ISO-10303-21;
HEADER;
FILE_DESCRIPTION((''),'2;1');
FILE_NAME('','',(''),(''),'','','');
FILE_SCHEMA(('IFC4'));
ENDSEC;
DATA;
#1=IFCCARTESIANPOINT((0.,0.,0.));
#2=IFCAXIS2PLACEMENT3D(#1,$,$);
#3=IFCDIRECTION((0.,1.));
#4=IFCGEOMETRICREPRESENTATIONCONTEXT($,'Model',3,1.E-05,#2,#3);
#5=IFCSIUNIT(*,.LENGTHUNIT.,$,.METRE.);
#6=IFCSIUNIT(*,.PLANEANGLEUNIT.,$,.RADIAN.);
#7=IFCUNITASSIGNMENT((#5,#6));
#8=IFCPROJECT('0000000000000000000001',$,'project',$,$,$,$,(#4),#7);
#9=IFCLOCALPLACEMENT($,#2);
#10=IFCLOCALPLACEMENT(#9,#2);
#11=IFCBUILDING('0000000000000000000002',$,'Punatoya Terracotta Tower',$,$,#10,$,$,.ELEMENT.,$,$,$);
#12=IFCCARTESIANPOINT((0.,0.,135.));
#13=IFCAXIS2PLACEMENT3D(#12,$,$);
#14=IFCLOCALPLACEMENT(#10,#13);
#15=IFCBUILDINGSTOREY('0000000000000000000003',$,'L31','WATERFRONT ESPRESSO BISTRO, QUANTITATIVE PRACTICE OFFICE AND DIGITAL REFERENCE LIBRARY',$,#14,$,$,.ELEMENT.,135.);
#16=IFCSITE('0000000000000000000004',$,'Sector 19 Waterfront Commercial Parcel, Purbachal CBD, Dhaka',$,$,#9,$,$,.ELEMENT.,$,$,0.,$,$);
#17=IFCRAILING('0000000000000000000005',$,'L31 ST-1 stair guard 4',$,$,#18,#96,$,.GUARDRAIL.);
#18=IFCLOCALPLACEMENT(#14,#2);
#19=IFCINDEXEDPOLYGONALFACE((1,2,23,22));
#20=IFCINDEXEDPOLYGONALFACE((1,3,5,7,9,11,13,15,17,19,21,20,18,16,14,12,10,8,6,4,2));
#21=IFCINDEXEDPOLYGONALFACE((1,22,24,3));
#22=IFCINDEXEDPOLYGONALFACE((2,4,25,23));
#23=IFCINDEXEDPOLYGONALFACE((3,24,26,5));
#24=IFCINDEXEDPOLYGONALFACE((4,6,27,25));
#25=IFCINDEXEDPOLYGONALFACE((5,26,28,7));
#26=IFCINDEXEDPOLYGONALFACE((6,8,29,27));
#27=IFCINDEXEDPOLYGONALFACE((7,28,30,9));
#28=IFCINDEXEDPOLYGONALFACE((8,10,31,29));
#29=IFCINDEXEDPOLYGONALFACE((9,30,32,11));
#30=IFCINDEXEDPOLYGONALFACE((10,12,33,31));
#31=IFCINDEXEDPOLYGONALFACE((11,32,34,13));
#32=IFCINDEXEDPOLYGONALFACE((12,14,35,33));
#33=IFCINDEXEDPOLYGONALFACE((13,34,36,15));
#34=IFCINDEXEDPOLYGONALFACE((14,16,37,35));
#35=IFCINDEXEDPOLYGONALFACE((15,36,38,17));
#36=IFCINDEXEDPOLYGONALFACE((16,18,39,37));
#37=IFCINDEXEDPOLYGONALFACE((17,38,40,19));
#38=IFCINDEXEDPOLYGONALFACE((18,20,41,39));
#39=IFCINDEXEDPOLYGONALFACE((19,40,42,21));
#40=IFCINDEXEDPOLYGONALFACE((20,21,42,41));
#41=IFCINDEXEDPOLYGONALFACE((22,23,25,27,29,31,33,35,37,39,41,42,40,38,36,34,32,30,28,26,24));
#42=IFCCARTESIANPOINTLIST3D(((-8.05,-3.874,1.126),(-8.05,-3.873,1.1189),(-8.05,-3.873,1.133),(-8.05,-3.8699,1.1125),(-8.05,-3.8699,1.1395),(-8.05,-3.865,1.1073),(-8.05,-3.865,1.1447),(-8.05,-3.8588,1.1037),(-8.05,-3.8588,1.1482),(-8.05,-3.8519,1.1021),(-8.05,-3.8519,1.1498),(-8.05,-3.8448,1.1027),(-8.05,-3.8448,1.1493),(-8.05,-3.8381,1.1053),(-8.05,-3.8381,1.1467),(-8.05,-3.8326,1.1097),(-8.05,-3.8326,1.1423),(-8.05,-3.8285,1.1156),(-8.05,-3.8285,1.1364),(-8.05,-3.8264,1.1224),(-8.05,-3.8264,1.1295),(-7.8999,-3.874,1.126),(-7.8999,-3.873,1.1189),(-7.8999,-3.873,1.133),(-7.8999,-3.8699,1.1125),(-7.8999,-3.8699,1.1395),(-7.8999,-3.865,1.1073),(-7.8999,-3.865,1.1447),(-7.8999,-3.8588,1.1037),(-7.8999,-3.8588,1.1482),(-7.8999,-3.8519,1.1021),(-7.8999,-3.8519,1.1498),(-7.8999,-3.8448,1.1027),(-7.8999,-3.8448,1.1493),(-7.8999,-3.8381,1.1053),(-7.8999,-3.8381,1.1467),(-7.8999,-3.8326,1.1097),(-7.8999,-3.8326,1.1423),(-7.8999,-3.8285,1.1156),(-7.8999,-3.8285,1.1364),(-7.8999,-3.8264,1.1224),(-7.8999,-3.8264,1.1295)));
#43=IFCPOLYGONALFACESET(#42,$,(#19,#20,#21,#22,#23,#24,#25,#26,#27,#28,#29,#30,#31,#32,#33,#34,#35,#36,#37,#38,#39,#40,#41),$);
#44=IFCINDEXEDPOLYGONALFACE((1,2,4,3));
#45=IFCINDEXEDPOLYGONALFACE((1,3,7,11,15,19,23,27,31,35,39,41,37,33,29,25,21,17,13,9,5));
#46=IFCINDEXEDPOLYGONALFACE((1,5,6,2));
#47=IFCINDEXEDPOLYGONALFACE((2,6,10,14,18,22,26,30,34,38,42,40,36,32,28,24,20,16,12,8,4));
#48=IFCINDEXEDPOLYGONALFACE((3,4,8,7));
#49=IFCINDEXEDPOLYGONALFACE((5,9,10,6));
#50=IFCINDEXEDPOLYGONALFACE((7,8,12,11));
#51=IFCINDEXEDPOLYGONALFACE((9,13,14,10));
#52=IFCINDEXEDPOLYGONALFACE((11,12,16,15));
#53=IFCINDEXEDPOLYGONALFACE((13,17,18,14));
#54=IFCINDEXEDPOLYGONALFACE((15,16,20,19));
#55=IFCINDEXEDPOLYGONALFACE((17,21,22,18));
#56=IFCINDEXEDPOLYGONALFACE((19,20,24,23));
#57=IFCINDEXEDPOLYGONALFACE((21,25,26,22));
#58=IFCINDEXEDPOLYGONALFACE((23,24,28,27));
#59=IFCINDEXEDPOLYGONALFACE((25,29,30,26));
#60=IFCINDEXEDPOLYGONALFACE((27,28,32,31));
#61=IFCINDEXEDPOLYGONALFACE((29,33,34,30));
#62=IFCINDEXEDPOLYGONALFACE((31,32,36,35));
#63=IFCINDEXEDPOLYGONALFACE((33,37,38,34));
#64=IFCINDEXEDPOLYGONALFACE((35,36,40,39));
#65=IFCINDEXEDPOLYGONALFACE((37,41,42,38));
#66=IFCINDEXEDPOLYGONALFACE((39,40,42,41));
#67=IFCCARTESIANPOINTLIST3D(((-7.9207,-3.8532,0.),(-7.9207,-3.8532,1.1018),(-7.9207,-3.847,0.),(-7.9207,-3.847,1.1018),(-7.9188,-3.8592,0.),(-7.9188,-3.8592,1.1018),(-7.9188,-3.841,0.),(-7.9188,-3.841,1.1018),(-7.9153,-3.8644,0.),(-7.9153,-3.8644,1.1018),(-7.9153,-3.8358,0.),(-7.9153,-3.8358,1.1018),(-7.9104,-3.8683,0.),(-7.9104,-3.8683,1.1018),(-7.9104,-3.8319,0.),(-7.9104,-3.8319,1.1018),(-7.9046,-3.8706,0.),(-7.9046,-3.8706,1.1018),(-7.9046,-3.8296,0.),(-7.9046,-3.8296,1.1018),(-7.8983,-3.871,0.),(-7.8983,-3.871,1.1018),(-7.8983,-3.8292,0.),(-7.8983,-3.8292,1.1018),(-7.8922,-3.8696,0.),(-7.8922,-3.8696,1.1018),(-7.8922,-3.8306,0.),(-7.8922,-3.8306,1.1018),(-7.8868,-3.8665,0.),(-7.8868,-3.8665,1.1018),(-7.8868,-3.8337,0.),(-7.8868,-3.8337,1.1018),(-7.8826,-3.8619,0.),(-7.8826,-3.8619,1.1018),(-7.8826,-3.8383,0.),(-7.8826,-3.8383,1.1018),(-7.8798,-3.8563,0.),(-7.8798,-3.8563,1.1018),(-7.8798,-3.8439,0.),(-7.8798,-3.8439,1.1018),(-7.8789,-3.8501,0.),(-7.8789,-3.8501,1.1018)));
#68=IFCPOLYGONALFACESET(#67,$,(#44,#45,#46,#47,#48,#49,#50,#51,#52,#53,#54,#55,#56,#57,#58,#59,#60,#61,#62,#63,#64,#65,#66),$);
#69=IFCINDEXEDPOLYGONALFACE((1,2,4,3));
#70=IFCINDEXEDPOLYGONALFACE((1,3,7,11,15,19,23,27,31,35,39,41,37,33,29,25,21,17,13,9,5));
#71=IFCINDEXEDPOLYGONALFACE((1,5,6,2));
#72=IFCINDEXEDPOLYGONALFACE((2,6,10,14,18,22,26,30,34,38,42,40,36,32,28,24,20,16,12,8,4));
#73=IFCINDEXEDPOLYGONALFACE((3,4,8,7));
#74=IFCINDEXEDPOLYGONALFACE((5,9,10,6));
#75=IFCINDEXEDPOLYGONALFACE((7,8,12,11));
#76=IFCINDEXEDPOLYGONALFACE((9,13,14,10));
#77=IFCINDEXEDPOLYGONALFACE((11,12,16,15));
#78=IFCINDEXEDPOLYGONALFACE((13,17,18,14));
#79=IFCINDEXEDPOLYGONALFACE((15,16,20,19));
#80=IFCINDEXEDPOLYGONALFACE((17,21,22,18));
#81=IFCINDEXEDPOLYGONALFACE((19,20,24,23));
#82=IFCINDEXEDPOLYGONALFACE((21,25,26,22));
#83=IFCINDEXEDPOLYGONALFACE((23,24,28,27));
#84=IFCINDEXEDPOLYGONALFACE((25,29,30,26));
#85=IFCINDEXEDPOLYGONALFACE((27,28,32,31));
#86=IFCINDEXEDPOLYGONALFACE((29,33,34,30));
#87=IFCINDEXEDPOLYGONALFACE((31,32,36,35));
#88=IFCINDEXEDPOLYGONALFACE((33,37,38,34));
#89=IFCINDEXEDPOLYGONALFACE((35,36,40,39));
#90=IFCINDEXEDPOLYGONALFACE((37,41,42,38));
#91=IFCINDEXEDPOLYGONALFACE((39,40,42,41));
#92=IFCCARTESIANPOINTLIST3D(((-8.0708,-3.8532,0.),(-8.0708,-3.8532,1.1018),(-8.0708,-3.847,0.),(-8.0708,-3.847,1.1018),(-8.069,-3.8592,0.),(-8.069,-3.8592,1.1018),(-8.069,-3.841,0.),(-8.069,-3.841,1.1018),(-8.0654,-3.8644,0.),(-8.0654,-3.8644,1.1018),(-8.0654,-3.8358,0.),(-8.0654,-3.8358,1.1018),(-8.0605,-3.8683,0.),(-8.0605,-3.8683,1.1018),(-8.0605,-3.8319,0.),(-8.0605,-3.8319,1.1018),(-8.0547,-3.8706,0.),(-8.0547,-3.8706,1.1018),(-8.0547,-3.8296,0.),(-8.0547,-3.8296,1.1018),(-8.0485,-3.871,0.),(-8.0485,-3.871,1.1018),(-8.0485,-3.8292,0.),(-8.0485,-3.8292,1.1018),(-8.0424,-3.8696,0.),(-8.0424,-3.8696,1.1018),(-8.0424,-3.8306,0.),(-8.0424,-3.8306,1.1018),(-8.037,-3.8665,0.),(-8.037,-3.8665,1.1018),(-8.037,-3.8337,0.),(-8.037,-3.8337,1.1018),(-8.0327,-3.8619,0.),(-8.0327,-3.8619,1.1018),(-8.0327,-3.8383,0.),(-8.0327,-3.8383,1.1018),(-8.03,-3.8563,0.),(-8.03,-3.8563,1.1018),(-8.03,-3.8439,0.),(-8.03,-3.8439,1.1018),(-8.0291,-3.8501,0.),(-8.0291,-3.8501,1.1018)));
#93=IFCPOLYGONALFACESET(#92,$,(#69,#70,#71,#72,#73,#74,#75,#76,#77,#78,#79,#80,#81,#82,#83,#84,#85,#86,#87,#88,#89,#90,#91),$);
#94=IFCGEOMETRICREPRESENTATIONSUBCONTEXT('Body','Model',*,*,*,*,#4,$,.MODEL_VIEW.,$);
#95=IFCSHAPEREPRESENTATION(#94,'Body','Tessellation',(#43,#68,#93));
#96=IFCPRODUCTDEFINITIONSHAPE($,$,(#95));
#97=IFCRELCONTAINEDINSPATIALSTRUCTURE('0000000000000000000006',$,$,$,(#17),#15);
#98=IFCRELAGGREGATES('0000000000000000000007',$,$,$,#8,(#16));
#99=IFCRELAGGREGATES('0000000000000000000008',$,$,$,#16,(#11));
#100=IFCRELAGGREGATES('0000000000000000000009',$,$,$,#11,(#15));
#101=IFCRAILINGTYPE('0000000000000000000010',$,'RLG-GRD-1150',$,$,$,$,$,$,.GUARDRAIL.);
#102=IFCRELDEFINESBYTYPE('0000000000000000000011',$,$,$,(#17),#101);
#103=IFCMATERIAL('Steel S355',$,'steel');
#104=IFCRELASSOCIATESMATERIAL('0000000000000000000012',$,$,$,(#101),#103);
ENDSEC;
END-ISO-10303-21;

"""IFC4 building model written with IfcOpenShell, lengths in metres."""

from ifc_helpers import new_model, si_unit, direction, frame, origin, origin_2d, place, context, subcontext, project, spatial, circle, extrude, material, type_object, element, save


model = new_model("IFC4")

# Units and contexts
model_context = context("Model", 3, precision=1e-05, world=origin(), true_north=direction((0.0, 1.0)))
body_context = subcontext(model_context, "Body", "Model", "MODEL_VIEW")
ifc_project = project(units=[si_unit("LENGTHUNIT", "METRE"), si_unit("PLANEANGLEUNIT", "RADIAN")], contexts=[model_context])

# Site, building, storey
site_placement = place(None, origin())
site = spatial("IfcSite", under=ifc_project, at=site_placement, Name="Sector 19 Waterfront Commercial Parcel, Purbachal CBD, Dhaka", CompositionType="ELEMENT", RefElevation=0.0)
building_placement = place(site_placement, origin())
building = spatial("IfcBuilding", under=site, at=building_placement, Name="Punatoya Terracotta Tower", CompositionType="ELEMENT")
storey_placement = place(building_placement, frame((0.0, 0.0, 135.0)))
storey = spatial("IfcBuildingStorey", under=building, at=storey_placement, Name="L31", Description="WATERFRONT ESPRESSO BISTRO, QUANTITATIVE PRACTICE OFFICE AND DIGITAL REFERENCE LIBRARY", CompositionType="ELEMENT", Elevation=135.0)

# Railing
ifc_material_1 = material(Name="Steel S355", Category="steel")
railing_type_1 = type_object("IfcRailingType", Name="RLG-GRD-1150", PredefinedType="GUARDRAIL", material=ifc_material_1)
railing_1_placement = place(storey_placement, frame((-7.8999, -3.8501, 0.0)))
element("IfcRailing", 1, at=railing_1_placement, inside=storey, type_object=railing_type_1, Name="L31 ST-1 stair guard 4", PredefinedType="GUARDRAIL", context=body_context, shape_type="SweptSolid", body=[
    extrude(circle(Radius=0.0239, at=origin_2d()), frame((0.0, 0.0, 1.126), z_axis=(-1.0, 0.0, 0.0), x_axis=(0.0, -1.0, 0.0)), (0.0, 0.0, 1.0), 0.1501),
    extrude(circle(Radius=0.021, at=origin_2d()), origin(), (0.0, 0.0, 1.0), 1.1018),
    extrude(circle(Radius=0.021, at=origin_2d()), frame((-0.1501, 0.0, 0.0)), (0.0, 0.0, 1.0), 1.1018),
])

save(model, "model.ifc")
